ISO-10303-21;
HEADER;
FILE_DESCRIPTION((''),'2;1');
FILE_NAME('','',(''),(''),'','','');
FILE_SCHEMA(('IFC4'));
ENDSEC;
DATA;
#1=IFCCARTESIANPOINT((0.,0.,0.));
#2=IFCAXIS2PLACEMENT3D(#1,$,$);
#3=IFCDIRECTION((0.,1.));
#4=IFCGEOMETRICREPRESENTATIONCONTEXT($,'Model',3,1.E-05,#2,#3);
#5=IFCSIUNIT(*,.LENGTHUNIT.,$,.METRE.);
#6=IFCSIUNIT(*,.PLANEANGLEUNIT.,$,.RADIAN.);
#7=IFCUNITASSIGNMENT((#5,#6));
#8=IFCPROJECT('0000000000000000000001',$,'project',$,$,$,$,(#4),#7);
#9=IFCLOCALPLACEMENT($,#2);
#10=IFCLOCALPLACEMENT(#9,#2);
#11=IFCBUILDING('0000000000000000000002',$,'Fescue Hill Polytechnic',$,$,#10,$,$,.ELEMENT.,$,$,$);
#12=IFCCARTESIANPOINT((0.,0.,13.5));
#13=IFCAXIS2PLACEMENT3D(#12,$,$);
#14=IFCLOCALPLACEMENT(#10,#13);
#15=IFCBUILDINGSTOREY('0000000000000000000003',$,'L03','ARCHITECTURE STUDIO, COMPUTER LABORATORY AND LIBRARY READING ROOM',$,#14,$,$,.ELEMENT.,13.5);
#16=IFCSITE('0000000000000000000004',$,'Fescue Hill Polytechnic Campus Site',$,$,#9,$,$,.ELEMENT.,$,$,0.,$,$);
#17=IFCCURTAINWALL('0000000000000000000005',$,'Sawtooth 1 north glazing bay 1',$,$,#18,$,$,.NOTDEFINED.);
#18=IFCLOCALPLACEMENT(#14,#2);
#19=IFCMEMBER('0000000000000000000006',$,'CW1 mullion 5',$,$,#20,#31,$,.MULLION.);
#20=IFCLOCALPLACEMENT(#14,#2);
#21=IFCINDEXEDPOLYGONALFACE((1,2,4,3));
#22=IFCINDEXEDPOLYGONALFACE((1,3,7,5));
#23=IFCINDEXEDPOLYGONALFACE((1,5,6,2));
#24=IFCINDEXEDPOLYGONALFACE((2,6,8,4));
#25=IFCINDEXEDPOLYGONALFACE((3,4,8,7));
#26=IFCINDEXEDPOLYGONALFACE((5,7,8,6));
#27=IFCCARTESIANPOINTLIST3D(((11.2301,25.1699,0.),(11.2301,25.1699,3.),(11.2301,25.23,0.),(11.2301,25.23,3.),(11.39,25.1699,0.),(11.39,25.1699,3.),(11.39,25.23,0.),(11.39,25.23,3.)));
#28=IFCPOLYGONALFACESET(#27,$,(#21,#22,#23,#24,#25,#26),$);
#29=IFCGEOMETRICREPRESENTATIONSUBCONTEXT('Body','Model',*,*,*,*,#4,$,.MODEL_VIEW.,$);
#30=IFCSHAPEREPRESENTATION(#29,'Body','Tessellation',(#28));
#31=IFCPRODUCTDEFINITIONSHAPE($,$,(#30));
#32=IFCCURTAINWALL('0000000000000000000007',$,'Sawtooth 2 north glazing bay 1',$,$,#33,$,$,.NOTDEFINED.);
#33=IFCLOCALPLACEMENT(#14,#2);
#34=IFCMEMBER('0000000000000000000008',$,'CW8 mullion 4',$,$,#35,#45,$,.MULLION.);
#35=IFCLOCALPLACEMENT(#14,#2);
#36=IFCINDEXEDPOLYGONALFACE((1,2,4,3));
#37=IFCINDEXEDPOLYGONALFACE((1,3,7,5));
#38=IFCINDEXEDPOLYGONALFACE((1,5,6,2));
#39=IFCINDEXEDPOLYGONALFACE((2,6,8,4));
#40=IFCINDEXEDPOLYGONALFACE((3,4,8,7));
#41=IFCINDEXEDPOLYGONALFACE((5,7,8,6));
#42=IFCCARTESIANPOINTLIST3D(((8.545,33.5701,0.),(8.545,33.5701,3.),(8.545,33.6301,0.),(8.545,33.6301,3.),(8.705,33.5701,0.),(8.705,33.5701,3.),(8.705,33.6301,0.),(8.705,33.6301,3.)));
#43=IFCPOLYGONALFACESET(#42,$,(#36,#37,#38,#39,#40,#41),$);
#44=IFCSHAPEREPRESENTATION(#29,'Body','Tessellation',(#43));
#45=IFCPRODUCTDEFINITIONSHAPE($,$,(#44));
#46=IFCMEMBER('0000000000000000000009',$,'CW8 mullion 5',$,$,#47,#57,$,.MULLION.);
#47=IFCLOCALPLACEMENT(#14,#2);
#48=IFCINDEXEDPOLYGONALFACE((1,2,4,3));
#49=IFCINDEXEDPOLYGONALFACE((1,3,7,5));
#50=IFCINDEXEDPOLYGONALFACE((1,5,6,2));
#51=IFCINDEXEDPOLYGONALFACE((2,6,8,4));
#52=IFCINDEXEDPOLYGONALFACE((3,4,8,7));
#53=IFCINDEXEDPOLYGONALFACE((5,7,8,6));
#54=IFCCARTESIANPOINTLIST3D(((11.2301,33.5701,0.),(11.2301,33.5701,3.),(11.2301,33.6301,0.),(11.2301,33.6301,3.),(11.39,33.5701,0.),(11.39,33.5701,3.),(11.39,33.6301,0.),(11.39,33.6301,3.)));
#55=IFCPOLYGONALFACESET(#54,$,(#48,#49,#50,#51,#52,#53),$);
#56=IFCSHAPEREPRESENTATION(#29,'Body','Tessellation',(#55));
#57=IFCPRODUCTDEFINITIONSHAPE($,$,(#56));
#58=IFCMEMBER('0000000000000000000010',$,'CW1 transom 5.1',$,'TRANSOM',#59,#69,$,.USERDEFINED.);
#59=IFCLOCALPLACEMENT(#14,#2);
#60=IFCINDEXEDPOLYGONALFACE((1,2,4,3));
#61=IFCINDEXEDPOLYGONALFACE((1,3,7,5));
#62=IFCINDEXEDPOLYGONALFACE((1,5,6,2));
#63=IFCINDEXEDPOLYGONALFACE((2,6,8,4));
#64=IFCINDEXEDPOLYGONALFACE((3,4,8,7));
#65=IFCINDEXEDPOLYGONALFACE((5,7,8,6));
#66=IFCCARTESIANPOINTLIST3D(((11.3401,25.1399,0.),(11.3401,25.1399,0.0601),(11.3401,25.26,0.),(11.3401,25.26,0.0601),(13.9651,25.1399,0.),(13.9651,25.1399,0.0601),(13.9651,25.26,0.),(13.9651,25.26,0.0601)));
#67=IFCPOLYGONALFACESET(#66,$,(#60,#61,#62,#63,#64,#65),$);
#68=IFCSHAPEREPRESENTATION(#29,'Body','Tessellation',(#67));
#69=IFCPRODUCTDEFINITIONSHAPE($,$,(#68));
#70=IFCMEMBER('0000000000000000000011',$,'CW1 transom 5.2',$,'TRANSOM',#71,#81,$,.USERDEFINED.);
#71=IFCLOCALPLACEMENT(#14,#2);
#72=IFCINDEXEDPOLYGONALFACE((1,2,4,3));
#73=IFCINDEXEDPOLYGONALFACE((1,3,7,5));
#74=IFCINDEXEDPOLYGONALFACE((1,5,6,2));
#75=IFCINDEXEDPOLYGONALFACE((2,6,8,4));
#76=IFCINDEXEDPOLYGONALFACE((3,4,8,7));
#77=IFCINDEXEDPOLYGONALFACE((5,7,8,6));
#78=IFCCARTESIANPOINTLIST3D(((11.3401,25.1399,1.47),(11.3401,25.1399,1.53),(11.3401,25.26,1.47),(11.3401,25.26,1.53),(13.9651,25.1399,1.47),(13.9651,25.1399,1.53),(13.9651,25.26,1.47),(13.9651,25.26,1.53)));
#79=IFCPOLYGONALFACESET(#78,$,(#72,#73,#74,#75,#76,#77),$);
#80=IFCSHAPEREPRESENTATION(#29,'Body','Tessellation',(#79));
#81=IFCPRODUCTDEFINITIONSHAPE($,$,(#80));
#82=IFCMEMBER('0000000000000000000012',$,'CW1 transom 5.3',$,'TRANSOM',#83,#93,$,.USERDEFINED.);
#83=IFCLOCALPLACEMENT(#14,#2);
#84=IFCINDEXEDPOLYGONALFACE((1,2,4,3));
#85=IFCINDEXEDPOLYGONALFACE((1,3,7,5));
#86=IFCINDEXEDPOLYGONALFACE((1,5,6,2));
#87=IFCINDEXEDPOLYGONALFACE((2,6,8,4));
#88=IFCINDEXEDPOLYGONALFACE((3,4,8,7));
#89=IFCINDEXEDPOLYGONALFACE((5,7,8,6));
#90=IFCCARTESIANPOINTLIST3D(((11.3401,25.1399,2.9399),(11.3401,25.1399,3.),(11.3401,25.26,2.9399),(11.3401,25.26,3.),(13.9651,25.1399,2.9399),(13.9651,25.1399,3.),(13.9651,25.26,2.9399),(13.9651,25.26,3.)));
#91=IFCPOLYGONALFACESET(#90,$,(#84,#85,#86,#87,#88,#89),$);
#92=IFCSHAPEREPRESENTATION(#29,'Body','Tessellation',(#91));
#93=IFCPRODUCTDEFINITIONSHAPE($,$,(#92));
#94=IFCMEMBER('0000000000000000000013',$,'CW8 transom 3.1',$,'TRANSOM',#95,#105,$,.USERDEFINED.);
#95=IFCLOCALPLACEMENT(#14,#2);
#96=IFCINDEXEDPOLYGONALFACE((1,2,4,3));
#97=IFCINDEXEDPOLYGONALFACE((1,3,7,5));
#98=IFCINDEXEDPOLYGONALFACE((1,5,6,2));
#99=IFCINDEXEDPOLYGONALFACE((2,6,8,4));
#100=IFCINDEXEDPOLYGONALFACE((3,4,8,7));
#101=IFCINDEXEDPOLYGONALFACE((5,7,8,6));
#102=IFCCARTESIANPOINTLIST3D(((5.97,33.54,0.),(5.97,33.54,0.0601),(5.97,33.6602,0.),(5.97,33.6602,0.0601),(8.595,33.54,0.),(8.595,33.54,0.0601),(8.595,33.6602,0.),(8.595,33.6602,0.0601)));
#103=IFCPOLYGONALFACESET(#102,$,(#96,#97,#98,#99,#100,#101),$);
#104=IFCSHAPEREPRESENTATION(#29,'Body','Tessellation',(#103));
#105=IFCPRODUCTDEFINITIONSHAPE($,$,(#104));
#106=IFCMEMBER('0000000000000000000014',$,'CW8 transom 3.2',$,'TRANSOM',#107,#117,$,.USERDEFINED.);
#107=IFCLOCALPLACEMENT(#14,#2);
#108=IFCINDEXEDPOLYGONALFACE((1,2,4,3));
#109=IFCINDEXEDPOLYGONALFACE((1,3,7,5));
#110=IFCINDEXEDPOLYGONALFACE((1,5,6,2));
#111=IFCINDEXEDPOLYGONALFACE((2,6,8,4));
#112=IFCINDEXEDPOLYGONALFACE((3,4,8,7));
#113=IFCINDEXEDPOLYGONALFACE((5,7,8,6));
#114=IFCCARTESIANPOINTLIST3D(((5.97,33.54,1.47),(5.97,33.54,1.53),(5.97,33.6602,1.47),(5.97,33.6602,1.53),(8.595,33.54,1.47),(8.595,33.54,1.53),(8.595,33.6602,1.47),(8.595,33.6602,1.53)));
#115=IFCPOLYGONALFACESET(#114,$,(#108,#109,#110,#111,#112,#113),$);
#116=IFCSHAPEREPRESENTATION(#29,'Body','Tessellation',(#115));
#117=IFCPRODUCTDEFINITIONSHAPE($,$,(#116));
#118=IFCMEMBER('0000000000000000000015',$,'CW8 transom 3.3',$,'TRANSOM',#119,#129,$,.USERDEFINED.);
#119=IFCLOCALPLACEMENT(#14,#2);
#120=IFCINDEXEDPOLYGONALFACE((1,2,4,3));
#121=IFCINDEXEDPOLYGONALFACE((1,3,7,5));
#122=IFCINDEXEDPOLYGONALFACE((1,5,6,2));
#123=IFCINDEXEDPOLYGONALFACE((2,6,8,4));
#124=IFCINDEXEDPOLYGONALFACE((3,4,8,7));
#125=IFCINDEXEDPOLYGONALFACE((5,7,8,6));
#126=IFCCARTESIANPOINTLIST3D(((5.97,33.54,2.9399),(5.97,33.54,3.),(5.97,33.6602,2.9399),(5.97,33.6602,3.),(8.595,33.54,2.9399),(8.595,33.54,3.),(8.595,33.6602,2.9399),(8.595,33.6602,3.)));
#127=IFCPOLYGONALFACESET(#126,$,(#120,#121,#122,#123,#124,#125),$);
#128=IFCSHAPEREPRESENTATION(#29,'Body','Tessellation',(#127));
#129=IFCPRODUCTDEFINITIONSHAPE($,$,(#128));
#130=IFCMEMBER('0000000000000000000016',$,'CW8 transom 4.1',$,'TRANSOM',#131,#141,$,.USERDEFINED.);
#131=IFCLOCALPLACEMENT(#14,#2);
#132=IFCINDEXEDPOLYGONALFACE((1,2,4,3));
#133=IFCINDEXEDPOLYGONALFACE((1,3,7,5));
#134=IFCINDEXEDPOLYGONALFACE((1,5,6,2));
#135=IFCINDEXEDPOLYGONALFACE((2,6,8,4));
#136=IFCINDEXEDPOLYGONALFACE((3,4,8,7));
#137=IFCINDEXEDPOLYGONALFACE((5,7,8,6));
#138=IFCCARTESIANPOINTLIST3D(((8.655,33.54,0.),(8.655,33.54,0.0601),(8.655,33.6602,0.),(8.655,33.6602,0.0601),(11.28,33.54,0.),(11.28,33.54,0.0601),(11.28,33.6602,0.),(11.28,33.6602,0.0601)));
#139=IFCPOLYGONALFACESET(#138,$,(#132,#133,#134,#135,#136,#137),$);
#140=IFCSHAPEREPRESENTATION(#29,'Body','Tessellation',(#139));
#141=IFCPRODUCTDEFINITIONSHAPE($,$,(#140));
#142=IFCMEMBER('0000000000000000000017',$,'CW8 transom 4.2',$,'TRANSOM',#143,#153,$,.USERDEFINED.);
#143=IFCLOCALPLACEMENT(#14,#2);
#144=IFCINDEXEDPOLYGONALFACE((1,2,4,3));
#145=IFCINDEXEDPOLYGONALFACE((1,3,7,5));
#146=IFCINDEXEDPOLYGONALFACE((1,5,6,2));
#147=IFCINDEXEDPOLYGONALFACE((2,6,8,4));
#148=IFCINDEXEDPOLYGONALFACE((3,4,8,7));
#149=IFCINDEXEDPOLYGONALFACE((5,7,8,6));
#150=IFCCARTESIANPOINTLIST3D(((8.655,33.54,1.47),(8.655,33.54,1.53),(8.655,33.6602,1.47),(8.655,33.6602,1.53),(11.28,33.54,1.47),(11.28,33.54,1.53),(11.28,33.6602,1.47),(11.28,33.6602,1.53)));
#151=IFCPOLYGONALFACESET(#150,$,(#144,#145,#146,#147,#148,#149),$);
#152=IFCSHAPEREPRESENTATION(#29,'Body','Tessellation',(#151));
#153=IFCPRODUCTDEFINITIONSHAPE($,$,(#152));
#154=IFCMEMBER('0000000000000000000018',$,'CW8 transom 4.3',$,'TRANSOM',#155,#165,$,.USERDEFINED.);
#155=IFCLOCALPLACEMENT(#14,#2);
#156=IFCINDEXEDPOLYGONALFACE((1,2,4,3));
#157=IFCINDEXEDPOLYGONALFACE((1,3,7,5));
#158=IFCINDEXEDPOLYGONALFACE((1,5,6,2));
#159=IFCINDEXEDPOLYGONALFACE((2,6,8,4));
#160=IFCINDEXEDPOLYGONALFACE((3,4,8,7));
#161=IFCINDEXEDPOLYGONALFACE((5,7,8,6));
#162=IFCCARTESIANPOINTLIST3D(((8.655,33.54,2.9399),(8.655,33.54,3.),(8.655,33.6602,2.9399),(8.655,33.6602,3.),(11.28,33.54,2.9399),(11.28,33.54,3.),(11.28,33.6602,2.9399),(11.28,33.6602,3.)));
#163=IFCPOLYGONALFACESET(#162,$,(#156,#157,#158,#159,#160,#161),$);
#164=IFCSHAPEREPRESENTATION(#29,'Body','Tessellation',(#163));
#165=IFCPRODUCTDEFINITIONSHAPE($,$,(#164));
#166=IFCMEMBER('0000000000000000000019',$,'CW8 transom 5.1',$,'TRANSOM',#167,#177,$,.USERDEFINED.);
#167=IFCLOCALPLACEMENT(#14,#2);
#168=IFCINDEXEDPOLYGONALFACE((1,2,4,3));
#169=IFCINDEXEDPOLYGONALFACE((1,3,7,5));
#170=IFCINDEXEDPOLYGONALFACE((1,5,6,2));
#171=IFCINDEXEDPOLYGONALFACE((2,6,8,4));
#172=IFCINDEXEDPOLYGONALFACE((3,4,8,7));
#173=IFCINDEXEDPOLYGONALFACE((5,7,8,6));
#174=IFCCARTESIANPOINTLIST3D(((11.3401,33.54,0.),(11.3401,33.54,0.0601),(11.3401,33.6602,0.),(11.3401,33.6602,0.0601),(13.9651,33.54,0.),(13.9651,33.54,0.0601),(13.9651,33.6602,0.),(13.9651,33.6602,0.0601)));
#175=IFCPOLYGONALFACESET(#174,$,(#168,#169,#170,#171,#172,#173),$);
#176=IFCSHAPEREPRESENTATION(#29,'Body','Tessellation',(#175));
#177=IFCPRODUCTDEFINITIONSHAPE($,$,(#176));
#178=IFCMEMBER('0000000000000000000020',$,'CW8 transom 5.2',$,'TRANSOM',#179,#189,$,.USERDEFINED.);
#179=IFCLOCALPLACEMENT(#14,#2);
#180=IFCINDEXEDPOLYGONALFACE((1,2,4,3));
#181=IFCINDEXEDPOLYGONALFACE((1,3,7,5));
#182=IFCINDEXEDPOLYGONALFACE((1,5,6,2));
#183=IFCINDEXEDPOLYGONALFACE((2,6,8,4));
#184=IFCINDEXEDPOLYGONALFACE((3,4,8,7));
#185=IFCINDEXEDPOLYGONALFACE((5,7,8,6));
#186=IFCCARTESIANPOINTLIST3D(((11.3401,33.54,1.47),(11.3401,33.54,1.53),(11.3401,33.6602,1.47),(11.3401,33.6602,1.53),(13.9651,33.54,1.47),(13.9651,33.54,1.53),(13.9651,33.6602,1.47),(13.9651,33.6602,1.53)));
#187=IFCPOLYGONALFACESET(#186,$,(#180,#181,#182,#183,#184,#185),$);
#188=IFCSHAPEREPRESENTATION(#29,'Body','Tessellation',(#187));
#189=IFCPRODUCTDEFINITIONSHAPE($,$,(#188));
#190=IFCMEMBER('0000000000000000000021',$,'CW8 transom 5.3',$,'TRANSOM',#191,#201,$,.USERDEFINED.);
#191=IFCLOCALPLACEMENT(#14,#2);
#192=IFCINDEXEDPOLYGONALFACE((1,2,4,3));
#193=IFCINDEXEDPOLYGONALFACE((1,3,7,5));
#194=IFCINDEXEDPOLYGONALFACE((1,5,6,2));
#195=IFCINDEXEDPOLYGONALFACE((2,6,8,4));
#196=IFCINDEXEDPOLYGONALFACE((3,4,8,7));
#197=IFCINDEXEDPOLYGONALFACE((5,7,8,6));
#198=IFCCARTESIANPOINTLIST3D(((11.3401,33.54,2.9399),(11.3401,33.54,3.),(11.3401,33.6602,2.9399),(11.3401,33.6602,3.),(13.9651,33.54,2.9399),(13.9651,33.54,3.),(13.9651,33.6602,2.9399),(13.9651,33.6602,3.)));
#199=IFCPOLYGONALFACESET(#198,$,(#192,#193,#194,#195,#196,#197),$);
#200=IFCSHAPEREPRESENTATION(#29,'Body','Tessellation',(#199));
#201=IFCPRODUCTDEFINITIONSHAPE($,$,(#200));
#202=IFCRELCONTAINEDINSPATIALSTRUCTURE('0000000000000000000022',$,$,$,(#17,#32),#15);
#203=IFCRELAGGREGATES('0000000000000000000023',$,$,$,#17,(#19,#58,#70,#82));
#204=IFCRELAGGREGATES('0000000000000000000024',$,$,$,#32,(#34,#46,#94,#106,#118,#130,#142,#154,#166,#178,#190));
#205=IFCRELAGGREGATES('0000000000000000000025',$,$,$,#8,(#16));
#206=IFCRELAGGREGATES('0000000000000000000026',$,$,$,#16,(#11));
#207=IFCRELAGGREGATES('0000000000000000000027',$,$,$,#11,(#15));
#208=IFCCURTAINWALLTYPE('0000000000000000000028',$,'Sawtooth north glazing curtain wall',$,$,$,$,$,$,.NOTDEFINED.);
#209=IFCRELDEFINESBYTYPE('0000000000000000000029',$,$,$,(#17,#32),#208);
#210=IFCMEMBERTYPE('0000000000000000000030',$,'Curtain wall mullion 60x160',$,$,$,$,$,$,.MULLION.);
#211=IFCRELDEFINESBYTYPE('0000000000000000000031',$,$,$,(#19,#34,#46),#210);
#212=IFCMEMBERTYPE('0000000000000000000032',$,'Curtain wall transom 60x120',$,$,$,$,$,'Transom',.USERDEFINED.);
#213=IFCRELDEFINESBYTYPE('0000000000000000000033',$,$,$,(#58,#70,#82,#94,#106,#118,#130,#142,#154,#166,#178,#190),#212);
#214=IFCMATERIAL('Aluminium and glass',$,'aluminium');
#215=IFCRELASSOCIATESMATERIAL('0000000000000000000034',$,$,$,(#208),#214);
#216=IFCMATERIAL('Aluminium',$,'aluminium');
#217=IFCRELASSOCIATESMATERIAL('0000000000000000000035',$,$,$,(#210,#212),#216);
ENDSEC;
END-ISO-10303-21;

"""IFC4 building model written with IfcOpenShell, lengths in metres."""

from ifc_helpers import new_model, si_unit, direction, frame, origin, origin_2d, place, context, subcontext, project, spatial, rectangle, extrude, material, material_profile, profile_set, type_object, element, aggregate, save


model = new_model("IFC4")

# Units and contexts
model_context = context("Model", 3, precision=1e-05, world=origin(), true_north=direction((0.0, 1.0)))
body_context = subcontext(model_context, "Body", "Model", "MODEL_VIEW")
ifc_project = project(units=[si_unit("LENGTHUNIT", "METRE"), si_unit("PLANEANGLEUNIT", "RADIAN")], contexts=[model_context])

# Site, building, storey
site_placement = place(None, origin())
site = spatial("IfcSite", under=ifc_project, at=site_placement, Name="Fescue Hill Polytechnic Campus Site", CompositionType="ELEMENT", RefElevation=0.0)
building_placement = place(site_placement, origin())
building = spatial("IfcBuilding", under=site, at=building_placement, Name="Fescue Hill Polytechnic", CompositionType="ELEMENT")
storey_placement = place(building_placement, frame((0.0, 0.0, 13.5)))
storey = spatial("IfcBuildingStorey", under=building, at=storey_placement, Name="L03", Description="ARCHITECTURE STUDIO, COMPUTER LABORATORY AND LIBRARY READING ROOM", CompositionType="ELEMENT", Elevation=13.5)

# Curtain wall, member
ifc_material_1 = material(Name="Aluminium and glass", Category="aluminium")
curtain_wall_type = type_object("IfcCurtainWallType", Name="Sawtooth north glazing curtain wall", PredefinedType="NOTDEFINED", material=ifc_material_1)
curtain_wall_1_placement = place(storey_placement, origin())
curtain_wall_1 = element("IfcCurtainWall", 1, at=curtain_wall_1_placement, inside=storey, type_object=curtain_wall_type, Name="Sawtooth 1 north glazing bay 1", PredefinedType="NOTDEFINED")
ifc_material_2 = material(Name="Aluminium", Category="aluminium")
ifc_material_profile_1 = material_profile(ifc_material_2, rectangle(XDim=0.0601, YDim=0.1599, at=origin_2d()), Name="Curtain wall mullion 60x160")
ifc_profile_set_1 = profile_set([ifc_material_profile_1], Name="Aluminium")
member_type_1 = type_object("IfcMemberType", Name="Curtain wall mullion 60x160", PredefinedType="MULLION", material=ifc_profile_set_1)
member_1_placement = place(storey_placement, frame((11.3101, 25.2, 0.0), z_axis=(0.0, 0.0, 1.0), x_axis=(0.0, 1.0, 0.0)))
member_1 = element("IfcMember", 2, at=member_1_placement, type_object=member_type_1, Name="CW1 mullion 5", PredefinedType="MULLION", context=body_context, shape_type="SweptSolid", body=[
    extrude(rectangle(XDim=0.0601, YDim=0.1599, at=origin_2d()), origin(), (0.0, 0.0, 1.0), 3.0),
])

# Curtain wall, members
curtain_wall_2_placement = place(storey_placement, origin())
curtain_wall_2 = element("IfcCurtainWall", 3, at=curtain_wall_2_placement, inside=storey, type_object=curtain_wall_type, Name="Sawtooth 2 north glazing bay 1", PredefinedType="NOTDEFINED")
member_2_placement = place(storey_placement, frame((8.625, 33.6001, 0.0), z_axis=(0.0, 0.0, 1.0), x_axis=(0.0, 1.0, 0.0)))
member_2 = element("IfcMember", 4, at=member_2_placement, type_object=member_type_1, Name="CW8 mullion 4", PredefinedType="MULLION", context=body_context, shape_type="SweptSolid", body=[
    extrude(rectangle(XDim=0.0601, YDim=0.1599, at=origin_2d()), origin(), (0.0, 0.0, 1.0), 3.0),
])
member_3_placement = place(storey_placement, frame((11.3101, 33.6001, 0.0), z_axis=(0.0, 0.0, 1.0), x_axis=(0.0, 1.0, 0.0)))
member_3 = element("IfcMember", 5, at=member_3_placement, type_object=member_type_1, Name="CW8 mullion 5", PredefinedType="MULLION", context=body_context, shape_type="SweptSolid", body=[
    extrude(rectangle(XDim=0.0601, YDim=0.1599, at=origin_2d()), origin(), (0.0, 0.0, 1.0), 3.0),
])

# Members
ifc_material_profile_2 = material_profile(ifc_material_2, rectangle(XDim=0.1201, YDim=0.0601, at=origin_2d()), Name="Curtain wall transom 60x120")
ifc_profile_set_2 = profile_set([ifc_material_profile_2], Name="Aluminium")
member_type_2 = type_object("IfcMemberType", Name="Curtain wall transom 60x120", ElementType="Transom", PredefinedType="USERDEFINED", material=ifc_profile_set_2)
member_4_placement = place(storey_placement, frame((11.3401, 25.2, 0.03), z_axis=(1.0, 0.0, 0.0), x_axis=(0.0, 1.0, 0.0)))
member_4 = element("IfcMember", 6, at=member_4_placement, type_object=member_type_2, Name="CW1 transom 5.1", ObjectType="TRANSOM", PredefinedType="USERDEFINED", context=body_context, shape_type="SweptSolid", body=[
    extrude(rectangle(XDim=0.1201, YDim=0.0601, at=origin_2d()), origin(), (0.0, 0.0, 1.0), 2.625),
])
member_5_placement = place(storey_placement, frame((11.3401, 25.2, 1.5), z_axis=(1.0, 0.0, 0.0), x_axis=(0.0, 1.0, 0.0)))
member_5 = element("IfcMember", 7, at=member_5_placement, type_object=member_type_2, Name="CW1 transom 5.2", ObjectType="TRANSOM", PredefinedType="USERDEFINED", context=body_context, shape_type="SweptSolid", body=[
    extrude(rectangle(XDim=0.1201, YDim=0.0601, at=origin_2d()), origin(), (0.0, 0.0, 1.0), 2.625),
])
member_6_placement = place(storey_placement, frame((11.3401, 25.2, 2.97), z_axis=(1.0, 0.0, 0.0), x_axis=(0.0, 1.0, 0.0)))
member_6 = element("IfcMember", 8, at=member_6_placement, type_object=member_type_2, Name="CW1 transom 5.3", ObjectType="TRANSOM", PredefinedType="USERDEFINED", context=body_context, shape_type="SweptSolid", body=[
    extrude(rectangle(XDim=0.1201, YDim=0.0601, at=origin_2d()), origin(), (0.0, 0.0, 1.0), 2.625),
])
member_7_placement = place(storey_placement, frame((5.97, 33.6001, 0.03), z_axis=(1.0, 0.0, 0.0), x_axis=(0.0, 1.0, 0.0)))
member_7 = element("IfcMember", 9, at=member_7_placement, type_object=member_type_2, Name="CW8 transom 3.1", ObjectType="TRANSOM", PredefinedType="USERDEFINED", context=body_context, shape_type="SweptSolid", body=[
    extrude(rectangle(XDim=0.1201, YDim=0.0601, at=origin_2d()), origin(), (0.0, 0.0, 1.0), 2.625),
])
member_8_placement = place(storey_placement, frame((5.97, 33.6001, 1.5), z_axis=(1.0, 0.0, 0.0), x_axis=(0.0, 1.0, 0.0)))
member_8 = element("IfcMember", 10, at=member_8_placement, type_object=member_type_2, Name="CW8 transom 3.2", ObjectType="TRANSOM", PredefinedType="USERDEFINED", context=body_context, shape_type="SweptSolid", body=[
    extrude(rectangle(XDim=0.1201, YDim=0.0601, at=origin_2d()), origin(), (0.0, 0.0, 1.0), 2.625),
])
member_9_placement = place(storey_placement, frame((5.97, 33.6001, 2.97), z_axis=(1.0, 0.0, 0.0), x_axis=(0.0, 1.0, 0.0)))
member_9 = element("IfcMember", 11, at=member_9_placement, type_object=member_type_2, Name="CW8 transom 3.3", ObjectType="TRANSOM", PredefinedType="USERDEFINED", context=body_context, shape_type="SweptSolid", body=[
    extrude(rectangle(XDim=0.1201, YDim=0.0601, at=origin_2d()), origin(), (0.0, 0.0, 1.0), 2.625),
])
member_10_placement = place(storey_placement, frame((8.655, 33.6001, 0.03), z_axis=(1.0, 0.0, 0.0), x_axis=(0.0, 1.0, 0.0)))
member_10 = element("IfcMember", 12, at=member_10_placement, type_object=member_type_2, Name="CW8 transom 4.1", ObjectType="TRANSOM", PredefinedType="USERDEFINED", context=body_context, shape_type="SweptSolid", body=[
    extrude(rectangle(XDim=0.1201, YDim=0.0601, at=origin_2d()), origin(), (0.0, 0.0, 1.0), 2.625),
])
member_11_placement = place(storey_placement, frame((8.655, 33.6001, 1.5), z_axis=(1.0, 0.0, 0.0), x_axis=(0.0, 1.0, 0.0)))
member_11 = element("IfcMember", 13, at=member_11_placement, type_object=member_type_2, Name="CW8 transom 4.2", ObjectType="TRANSOM", PredefinedType="USERDEFINED", context=body_context, shape_type="SweptSolid", body=[
    extrude(rectangle(XDim=0.1201, YDim=0.0601, at=origin_2d()), origin(), (0.0, 0.0, 1.0), 2.625),
])
member_12_placement = place(storey_placement, frame((8.655, 33.6001, 2.97), z_axis=(1.0, 0.0, 0.0), x_axis=(0.0, 1.0, 0.0)))
member_12 = element("IfcMember", 14, at=member_12_placement, type_object=member_type_2, Name="CW8 transom 4.3", ObjectType="TRANSOM", PredefinedType="USERDEFINED", context=body_context, shape_type="SweptSolid", body=[
    extrude(rectangle(XDim=0.1201, YDim=0.0601, at=origin_2d()), origin(), (0.0, 0.0, 1.0), 2.625),
])
member_13_placement = place(storey_placement, frame((11.3401, 33.6001, 0.03), z_axis=(1.0, 0.0, 0.0), x_axis=(0.0, 1.0, 0.0)))
member_13 = element("IfcMember", 15, at=member_13_placement, type_object=member_type_2, Name="CW8 transom 5.1", ObjectType="TRANSOM", PredefinedType="USERDEFINED", context=body_context, shape_type="SweptSolid", body=[
    extrude(rectangle(XDim=0.1201, YDim=0.0601, at=origin_2d()), origin(), (0.0, 0.0, 1.0), 2.625),
])
member_14_placement = place(storey_placement, frame((11.3401, 33.6001, 1.5), z_axis=(1.0, 0.0, 0.0), x_axis=(0.0, 1.0, 0.0)))
member_14 = element("IfcMember", 16, at=member_14_placement, type_object=member_type_2, Name="CW8 transom 5.2", ObjectType="TRANSOM", PredefinedType="USERDEFINED", context=body_context, shape_type="SweptSolid", body=[
    extrude(rectangle(XDim=0.1201, YDim=0.0601, at=origin_2d()), origin(), (0.0, 0.0, 1.0), 2.625),
])
member_15_placement = place(storey_placement, frame((11.3401, 33.6001, 2.97), z_axis=(1.0, 0.0, 0.0), x_axis=(0.0, 1.0, 0.0)))
member_15 = element("IfcMember", 17, at=member_15_placement, type_object=member_type_2, Name="CW8 transom 5.3", ObjectType="TRANSOM", PredefinedType="USERDEFINED", context=body_context, shape_type="SweptSolid", body=[
    extrude(rectangle(XDim=0.1201, YDim=0.0601, at=origin_2d()), origin(), (0.0, 0.0, 1.0), 2.625),
])

aggregate(curtain_wall_1, [member_1, member_4, member_5, member_6])
aggregate(curtain_wall_2, [member_2, member_3, member_7, member_8, member_9, member_10, member_11, member_12, member_13, member_14, member_15])

save(model, "model.ifc")
